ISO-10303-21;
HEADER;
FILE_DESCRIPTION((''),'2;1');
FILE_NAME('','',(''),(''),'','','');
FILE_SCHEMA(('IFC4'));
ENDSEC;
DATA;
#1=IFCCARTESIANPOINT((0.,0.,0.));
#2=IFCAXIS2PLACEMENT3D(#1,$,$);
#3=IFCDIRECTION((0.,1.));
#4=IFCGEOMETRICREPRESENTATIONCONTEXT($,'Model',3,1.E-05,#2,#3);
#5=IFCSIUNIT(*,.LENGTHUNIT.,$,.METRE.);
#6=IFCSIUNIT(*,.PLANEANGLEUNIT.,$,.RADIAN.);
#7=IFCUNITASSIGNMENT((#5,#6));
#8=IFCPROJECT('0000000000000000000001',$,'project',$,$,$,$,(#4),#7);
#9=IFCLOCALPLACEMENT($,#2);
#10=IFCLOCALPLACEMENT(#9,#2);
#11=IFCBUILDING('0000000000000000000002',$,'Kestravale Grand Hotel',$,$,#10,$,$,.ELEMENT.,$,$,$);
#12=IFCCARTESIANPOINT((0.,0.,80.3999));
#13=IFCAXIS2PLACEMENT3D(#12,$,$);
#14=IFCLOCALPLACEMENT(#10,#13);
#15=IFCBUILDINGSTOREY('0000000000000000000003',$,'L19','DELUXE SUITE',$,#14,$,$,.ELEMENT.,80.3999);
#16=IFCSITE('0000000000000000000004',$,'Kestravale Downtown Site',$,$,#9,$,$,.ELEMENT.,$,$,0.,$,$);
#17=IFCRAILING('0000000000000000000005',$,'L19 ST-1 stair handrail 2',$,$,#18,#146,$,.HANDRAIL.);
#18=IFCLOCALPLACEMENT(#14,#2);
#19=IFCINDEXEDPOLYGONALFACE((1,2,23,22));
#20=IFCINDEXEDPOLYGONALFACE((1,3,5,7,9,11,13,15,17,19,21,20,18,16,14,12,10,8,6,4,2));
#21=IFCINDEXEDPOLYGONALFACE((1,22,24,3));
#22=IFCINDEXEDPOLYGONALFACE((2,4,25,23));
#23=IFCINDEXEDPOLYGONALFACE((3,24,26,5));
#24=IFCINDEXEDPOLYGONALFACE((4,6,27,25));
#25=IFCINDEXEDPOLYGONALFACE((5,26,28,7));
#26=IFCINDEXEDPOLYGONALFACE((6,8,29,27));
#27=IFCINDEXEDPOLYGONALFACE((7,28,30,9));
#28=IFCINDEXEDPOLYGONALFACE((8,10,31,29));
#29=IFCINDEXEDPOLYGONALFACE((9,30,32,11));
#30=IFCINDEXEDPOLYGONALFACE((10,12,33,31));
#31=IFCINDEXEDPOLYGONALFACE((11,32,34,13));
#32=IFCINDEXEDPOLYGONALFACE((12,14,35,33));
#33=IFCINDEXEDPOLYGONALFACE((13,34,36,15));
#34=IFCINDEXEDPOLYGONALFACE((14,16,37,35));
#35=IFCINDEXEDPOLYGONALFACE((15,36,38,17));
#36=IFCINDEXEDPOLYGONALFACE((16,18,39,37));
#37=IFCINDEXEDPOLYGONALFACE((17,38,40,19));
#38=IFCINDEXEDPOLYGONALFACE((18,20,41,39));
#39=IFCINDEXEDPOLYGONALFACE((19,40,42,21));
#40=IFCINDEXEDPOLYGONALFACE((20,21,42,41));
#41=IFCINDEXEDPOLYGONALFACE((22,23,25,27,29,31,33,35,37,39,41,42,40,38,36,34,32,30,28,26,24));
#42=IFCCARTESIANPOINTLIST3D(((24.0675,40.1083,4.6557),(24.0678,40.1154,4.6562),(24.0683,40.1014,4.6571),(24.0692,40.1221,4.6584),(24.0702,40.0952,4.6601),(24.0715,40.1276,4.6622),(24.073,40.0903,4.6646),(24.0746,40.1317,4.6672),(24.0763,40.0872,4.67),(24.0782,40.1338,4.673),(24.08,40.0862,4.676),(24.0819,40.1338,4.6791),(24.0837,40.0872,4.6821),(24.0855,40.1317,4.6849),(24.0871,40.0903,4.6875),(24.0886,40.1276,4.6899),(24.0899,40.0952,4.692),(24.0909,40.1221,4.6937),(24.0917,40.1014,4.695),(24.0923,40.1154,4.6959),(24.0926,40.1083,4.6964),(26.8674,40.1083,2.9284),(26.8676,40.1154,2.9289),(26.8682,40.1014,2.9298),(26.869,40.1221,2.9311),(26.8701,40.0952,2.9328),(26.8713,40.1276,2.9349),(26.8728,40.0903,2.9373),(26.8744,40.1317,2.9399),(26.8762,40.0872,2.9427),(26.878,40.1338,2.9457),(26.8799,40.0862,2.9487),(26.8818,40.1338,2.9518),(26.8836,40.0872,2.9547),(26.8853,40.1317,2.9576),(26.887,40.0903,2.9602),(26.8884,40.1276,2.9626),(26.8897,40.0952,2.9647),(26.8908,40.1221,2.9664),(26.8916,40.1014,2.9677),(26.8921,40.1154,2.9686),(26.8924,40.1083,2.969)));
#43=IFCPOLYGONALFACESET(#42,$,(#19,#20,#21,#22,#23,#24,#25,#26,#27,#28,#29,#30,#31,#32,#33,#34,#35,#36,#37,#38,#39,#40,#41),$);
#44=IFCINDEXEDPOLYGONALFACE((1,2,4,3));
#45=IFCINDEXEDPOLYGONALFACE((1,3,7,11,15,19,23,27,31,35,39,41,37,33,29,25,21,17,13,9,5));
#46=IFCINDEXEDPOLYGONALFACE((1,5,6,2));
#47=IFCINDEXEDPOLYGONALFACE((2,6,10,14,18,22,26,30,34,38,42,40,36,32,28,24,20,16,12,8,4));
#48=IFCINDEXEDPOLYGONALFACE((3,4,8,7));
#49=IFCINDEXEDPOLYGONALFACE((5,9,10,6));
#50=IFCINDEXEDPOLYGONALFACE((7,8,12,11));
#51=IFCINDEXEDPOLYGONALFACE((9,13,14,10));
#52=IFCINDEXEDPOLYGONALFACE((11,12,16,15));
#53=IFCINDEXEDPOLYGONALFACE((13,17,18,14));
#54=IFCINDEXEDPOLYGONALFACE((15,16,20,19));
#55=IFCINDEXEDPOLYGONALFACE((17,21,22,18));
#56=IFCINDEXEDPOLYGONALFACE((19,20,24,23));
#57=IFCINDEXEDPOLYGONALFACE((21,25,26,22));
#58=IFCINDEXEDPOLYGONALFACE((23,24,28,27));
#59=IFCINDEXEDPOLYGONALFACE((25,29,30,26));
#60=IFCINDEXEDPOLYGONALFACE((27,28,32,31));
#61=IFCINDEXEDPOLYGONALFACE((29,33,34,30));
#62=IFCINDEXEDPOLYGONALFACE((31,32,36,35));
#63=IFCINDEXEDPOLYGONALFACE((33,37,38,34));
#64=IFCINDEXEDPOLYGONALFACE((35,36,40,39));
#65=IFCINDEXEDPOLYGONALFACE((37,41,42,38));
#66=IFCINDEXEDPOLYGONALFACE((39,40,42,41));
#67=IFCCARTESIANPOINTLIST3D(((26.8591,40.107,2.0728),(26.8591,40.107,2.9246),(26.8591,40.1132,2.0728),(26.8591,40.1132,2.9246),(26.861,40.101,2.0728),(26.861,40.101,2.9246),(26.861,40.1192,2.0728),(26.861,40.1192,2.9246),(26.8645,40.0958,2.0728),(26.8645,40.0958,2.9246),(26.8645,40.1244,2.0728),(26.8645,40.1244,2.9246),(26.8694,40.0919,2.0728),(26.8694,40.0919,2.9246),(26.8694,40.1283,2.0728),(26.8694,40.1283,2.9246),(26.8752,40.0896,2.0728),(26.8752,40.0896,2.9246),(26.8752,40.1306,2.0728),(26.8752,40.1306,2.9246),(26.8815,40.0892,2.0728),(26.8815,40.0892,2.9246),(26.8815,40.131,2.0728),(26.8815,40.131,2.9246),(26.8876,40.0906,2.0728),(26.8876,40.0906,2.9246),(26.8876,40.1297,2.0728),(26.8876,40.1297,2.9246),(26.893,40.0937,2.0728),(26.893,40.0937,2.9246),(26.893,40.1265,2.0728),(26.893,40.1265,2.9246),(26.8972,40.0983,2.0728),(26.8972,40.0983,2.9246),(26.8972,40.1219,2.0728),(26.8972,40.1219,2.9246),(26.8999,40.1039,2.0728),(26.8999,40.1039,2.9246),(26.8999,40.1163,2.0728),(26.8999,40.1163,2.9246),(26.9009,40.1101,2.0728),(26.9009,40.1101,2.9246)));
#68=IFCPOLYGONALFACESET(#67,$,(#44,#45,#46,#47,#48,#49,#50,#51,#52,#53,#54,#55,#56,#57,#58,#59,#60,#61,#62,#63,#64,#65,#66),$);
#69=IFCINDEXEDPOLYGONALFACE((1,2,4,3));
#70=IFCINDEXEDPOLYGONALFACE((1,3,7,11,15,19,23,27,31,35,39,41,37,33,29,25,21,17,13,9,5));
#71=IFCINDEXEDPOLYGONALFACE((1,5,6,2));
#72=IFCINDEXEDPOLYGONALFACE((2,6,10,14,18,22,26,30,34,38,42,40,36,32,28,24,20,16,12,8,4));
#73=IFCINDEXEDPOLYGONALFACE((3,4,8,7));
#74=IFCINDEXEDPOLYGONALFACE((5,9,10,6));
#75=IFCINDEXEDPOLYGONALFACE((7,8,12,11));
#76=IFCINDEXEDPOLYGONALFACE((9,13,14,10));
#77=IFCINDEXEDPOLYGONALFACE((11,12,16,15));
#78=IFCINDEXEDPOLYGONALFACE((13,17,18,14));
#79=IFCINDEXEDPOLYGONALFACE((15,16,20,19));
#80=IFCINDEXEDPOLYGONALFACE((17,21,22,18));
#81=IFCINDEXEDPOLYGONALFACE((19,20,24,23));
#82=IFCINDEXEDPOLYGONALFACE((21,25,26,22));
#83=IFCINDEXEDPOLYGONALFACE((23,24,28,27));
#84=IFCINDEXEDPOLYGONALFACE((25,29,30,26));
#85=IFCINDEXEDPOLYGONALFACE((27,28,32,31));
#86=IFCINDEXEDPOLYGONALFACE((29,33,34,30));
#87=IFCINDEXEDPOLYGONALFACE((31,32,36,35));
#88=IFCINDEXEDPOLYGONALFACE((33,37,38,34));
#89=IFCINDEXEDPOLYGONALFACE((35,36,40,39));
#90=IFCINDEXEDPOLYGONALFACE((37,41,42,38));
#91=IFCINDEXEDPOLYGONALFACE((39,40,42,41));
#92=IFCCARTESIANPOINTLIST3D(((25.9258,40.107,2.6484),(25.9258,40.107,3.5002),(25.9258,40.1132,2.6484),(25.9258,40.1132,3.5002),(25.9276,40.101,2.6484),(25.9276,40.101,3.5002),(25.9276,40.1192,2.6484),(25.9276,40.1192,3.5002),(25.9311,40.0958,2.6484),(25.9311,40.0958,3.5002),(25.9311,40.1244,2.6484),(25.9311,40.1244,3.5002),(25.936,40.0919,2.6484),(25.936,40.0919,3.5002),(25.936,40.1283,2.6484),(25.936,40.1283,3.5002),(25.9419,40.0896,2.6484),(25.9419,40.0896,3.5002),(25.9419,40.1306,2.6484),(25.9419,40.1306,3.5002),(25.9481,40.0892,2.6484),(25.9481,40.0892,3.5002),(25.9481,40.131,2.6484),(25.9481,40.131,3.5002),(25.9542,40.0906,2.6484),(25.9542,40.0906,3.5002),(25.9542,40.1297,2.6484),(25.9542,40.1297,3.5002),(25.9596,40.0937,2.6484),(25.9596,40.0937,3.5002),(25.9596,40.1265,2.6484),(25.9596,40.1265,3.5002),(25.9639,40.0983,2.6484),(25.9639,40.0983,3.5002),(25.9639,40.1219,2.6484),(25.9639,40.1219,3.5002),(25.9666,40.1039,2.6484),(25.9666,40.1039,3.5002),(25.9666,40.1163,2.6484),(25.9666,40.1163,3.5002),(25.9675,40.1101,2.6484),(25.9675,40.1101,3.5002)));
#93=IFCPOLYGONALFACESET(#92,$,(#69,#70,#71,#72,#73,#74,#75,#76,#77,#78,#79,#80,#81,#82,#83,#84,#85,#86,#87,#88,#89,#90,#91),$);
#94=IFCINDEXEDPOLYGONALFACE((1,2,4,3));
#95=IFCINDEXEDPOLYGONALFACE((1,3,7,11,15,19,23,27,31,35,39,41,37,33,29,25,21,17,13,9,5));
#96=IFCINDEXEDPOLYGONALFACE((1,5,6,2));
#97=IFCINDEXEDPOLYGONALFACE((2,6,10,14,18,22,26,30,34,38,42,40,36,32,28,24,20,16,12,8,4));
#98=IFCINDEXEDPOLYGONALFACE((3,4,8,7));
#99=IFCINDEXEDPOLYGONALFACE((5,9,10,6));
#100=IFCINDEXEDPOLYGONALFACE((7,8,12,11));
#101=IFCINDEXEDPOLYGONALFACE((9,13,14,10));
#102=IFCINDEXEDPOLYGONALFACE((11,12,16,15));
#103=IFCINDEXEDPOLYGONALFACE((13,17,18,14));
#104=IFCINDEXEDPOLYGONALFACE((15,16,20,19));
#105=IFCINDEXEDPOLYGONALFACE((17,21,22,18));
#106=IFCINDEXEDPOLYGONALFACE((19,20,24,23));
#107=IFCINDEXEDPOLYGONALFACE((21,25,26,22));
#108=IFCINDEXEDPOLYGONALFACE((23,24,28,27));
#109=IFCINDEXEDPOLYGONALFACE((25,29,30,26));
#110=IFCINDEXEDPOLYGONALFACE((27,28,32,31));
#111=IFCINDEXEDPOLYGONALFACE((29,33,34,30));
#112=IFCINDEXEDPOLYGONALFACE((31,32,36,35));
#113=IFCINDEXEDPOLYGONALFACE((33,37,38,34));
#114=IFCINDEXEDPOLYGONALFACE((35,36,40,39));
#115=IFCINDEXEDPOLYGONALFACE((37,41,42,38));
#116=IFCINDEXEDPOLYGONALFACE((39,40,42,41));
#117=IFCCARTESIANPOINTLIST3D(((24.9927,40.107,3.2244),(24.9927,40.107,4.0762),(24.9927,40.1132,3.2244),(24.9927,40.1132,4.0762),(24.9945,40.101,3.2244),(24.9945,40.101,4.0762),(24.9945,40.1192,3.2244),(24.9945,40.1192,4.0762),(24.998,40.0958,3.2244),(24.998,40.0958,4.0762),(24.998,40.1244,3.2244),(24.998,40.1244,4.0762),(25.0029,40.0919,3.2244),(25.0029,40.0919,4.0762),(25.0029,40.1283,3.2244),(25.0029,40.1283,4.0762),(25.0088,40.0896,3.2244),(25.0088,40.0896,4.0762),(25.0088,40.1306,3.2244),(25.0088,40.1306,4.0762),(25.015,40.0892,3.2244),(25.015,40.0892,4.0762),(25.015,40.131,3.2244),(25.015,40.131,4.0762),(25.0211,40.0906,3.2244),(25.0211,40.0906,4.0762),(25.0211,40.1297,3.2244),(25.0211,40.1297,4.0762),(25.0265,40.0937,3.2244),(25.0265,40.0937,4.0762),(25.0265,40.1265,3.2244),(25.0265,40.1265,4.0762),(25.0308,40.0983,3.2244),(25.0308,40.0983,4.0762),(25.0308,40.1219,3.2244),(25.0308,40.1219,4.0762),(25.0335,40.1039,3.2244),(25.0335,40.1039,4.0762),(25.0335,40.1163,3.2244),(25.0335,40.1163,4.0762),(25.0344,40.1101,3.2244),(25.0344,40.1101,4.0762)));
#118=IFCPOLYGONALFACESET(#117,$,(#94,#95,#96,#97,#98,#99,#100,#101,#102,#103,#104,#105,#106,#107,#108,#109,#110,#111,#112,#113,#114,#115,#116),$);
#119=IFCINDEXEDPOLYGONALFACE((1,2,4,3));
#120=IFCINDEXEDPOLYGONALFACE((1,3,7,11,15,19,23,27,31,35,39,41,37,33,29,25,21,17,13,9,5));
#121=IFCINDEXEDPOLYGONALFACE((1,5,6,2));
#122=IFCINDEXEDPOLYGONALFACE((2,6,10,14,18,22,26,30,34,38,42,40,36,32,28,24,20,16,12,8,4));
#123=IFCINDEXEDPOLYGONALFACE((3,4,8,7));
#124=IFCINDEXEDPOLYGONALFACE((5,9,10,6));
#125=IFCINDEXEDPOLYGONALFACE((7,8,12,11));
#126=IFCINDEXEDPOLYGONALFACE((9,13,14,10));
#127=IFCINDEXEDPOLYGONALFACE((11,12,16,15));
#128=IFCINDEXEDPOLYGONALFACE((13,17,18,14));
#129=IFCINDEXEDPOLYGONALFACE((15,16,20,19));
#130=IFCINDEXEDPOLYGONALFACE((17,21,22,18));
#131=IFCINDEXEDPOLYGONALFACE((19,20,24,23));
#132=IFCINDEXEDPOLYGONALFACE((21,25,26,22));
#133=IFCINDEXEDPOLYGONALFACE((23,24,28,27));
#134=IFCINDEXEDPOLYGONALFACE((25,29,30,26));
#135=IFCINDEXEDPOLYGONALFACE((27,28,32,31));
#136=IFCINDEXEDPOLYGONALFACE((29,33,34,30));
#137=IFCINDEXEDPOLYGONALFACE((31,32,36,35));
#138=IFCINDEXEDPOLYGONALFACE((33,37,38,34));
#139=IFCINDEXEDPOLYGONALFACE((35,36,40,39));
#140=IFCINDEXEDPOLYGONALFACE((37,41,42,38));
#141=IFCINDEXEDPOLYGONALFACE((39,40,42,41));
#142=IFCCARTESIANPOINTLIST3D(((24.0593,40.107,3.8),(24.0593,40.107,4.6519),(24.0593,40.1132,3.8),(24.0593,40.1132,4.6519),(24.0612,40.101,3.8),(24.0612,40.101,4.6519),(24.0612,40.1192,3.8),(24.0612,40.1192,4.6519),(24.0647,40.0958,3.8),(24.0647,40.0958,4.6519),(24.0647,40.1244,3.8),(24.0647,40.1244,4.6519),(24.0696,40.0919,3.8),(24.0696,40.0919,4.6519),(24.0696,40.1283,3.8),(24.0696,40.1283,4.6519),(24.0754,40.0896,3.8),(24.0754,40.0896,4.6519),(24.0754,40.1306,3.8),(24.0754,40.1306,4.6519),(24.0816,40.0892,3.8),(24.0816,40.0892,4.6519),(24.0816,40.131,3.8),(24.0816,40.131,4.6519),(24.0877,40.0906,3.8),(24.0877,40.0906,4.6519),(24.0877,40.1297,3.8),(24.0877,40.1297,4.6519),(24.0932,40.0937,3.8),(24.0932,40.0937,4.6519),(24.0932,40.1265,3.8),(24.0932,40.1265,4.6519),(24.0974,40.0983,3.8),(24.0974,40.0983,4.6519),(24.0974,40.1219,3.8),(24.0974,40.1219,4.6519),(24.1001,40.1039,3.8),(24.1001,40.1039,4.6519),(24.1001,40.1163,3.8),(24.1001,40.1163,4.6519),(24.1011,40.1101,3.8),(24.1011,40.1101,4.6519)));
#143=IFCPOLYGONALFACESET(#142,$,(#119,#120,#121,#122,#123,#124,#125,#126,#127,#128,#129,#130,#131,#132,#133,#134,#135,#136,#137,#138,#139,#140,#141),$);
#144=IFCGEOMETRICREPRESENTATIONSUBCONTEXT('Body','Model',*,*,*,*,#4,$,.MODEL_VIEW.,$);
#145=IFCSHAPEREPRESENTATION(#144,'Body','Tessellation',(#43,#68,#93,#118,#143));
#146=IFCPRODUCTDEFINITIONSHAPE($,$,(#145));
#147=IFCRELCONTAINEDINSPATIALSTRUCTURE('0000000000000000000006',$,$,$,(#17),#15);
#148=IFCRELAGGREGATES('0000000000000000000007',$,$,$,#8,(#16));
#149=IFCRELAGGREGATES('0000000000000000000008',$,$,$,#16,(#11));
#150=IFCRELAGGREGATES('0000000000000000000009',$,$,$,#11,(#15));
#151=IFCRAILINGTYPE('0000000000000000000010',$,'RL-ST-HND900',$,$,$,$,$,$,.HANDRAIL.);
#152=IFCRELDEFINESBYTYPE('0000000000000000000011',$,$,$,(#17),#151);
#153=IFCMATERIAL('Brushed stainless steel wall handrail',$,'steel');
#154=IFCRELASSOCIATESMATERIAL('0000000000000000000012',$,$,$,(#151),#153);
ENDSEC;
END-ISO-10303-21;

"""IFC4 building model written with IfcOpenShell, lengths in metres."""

from ifc_helpers import new_model, si_unit, direction, frame, origin, origin_2d, place, context, subcontext, project, spatial, circle, extrude, material, type_object, element, save


model = new_model("IFC4")

# Units and contexts
model_context = context("Model", 3, precision=1e-05, world=origin(), true_north=direction((0.0, 1.0)))
body_context = subcontext(model_context, "Body", "Model", "MODEL_VIEW")
ifc_project = project(units=[si_unit("LENGTHUNIT", "METRE"), si_unit("PLANEANGLEUNIT", "RADIAN")], contexts=[model_context])

# Site, building, storey
site_placement = place(None, origin())
site = spatial("IfcSite", under=ifc_project, at=site_placement, Name="Kestravale Downtown Site", CompositionType="ELEMENT", RefElevation=0.0)
building_placement = place(site_placement, origin())
building = spatial("IfcBuilding", under=site, at=building_placement, Name="Kestravale Grand Hotel", CompositionType="ELEMENT")
storey_placement = place(building_placement, frame((0.0, 0.0, 80.3999)))
storey = spatial("IfcBuildingStorey", under=building, at=storey_placement, Name="L19", Description="DELUXE SUITE", CompositionType="ELEMENT", Elevation=80.3999)

# Railing
ifc_material_1 = material(Name="Brushed stainless steel wall handrail", Category="steel")
railing_type_1 = type_object("IfcRailingType", Name="RL-ST-HND900", PredefinedType="HANDRAIL", material=ifc_material_1)
railing_1_placement = place(storey_placement, frame((26.8799, 40.1101, 2.0728)))
element("IfcRailing", 1, at=railing_1_placement, inside=storey, type_object=railing_type_1, Name="L19 ST-1 stair handrail 2", PredefinedType="HANDRAIL", context=body_context, shape_type="SweptSolid", body=[
    extrude(circle(Radius=0.0239, at=origin_2d()), frame((0.0, 0.0, 0.876), z_axis=(-0.851069, 0.0, 0.525054), x_axis=(0.0, -1.0, 0.0)), (0.0, 0.0, 1.0), 3.2898),
    extrude(circle(Radius=0.021, at=origin_2d()), origin(), (0.0, 0.0, 1.0), 0.8518),
    extrude(circle(Radius=0.021, at=origin_2d()), frame((-0.9333, 0.0, 0.5757)), (0.0, 0.0, 1.0), 0.8518),
    extrude(circle(Radius=0.021, at=origin_2d()), frame((-1.8665, 0.0, 1.1516)), (0.0, 0.0, 1.0), 0.8518),
    extrude(circle(Radius=0.021, at=origin_2d()), frame((-2.7998, 0.0, 1.7273)), (0.0, 0.0, 1.0), 0.8518),
])

save(model, "model.ifc")
